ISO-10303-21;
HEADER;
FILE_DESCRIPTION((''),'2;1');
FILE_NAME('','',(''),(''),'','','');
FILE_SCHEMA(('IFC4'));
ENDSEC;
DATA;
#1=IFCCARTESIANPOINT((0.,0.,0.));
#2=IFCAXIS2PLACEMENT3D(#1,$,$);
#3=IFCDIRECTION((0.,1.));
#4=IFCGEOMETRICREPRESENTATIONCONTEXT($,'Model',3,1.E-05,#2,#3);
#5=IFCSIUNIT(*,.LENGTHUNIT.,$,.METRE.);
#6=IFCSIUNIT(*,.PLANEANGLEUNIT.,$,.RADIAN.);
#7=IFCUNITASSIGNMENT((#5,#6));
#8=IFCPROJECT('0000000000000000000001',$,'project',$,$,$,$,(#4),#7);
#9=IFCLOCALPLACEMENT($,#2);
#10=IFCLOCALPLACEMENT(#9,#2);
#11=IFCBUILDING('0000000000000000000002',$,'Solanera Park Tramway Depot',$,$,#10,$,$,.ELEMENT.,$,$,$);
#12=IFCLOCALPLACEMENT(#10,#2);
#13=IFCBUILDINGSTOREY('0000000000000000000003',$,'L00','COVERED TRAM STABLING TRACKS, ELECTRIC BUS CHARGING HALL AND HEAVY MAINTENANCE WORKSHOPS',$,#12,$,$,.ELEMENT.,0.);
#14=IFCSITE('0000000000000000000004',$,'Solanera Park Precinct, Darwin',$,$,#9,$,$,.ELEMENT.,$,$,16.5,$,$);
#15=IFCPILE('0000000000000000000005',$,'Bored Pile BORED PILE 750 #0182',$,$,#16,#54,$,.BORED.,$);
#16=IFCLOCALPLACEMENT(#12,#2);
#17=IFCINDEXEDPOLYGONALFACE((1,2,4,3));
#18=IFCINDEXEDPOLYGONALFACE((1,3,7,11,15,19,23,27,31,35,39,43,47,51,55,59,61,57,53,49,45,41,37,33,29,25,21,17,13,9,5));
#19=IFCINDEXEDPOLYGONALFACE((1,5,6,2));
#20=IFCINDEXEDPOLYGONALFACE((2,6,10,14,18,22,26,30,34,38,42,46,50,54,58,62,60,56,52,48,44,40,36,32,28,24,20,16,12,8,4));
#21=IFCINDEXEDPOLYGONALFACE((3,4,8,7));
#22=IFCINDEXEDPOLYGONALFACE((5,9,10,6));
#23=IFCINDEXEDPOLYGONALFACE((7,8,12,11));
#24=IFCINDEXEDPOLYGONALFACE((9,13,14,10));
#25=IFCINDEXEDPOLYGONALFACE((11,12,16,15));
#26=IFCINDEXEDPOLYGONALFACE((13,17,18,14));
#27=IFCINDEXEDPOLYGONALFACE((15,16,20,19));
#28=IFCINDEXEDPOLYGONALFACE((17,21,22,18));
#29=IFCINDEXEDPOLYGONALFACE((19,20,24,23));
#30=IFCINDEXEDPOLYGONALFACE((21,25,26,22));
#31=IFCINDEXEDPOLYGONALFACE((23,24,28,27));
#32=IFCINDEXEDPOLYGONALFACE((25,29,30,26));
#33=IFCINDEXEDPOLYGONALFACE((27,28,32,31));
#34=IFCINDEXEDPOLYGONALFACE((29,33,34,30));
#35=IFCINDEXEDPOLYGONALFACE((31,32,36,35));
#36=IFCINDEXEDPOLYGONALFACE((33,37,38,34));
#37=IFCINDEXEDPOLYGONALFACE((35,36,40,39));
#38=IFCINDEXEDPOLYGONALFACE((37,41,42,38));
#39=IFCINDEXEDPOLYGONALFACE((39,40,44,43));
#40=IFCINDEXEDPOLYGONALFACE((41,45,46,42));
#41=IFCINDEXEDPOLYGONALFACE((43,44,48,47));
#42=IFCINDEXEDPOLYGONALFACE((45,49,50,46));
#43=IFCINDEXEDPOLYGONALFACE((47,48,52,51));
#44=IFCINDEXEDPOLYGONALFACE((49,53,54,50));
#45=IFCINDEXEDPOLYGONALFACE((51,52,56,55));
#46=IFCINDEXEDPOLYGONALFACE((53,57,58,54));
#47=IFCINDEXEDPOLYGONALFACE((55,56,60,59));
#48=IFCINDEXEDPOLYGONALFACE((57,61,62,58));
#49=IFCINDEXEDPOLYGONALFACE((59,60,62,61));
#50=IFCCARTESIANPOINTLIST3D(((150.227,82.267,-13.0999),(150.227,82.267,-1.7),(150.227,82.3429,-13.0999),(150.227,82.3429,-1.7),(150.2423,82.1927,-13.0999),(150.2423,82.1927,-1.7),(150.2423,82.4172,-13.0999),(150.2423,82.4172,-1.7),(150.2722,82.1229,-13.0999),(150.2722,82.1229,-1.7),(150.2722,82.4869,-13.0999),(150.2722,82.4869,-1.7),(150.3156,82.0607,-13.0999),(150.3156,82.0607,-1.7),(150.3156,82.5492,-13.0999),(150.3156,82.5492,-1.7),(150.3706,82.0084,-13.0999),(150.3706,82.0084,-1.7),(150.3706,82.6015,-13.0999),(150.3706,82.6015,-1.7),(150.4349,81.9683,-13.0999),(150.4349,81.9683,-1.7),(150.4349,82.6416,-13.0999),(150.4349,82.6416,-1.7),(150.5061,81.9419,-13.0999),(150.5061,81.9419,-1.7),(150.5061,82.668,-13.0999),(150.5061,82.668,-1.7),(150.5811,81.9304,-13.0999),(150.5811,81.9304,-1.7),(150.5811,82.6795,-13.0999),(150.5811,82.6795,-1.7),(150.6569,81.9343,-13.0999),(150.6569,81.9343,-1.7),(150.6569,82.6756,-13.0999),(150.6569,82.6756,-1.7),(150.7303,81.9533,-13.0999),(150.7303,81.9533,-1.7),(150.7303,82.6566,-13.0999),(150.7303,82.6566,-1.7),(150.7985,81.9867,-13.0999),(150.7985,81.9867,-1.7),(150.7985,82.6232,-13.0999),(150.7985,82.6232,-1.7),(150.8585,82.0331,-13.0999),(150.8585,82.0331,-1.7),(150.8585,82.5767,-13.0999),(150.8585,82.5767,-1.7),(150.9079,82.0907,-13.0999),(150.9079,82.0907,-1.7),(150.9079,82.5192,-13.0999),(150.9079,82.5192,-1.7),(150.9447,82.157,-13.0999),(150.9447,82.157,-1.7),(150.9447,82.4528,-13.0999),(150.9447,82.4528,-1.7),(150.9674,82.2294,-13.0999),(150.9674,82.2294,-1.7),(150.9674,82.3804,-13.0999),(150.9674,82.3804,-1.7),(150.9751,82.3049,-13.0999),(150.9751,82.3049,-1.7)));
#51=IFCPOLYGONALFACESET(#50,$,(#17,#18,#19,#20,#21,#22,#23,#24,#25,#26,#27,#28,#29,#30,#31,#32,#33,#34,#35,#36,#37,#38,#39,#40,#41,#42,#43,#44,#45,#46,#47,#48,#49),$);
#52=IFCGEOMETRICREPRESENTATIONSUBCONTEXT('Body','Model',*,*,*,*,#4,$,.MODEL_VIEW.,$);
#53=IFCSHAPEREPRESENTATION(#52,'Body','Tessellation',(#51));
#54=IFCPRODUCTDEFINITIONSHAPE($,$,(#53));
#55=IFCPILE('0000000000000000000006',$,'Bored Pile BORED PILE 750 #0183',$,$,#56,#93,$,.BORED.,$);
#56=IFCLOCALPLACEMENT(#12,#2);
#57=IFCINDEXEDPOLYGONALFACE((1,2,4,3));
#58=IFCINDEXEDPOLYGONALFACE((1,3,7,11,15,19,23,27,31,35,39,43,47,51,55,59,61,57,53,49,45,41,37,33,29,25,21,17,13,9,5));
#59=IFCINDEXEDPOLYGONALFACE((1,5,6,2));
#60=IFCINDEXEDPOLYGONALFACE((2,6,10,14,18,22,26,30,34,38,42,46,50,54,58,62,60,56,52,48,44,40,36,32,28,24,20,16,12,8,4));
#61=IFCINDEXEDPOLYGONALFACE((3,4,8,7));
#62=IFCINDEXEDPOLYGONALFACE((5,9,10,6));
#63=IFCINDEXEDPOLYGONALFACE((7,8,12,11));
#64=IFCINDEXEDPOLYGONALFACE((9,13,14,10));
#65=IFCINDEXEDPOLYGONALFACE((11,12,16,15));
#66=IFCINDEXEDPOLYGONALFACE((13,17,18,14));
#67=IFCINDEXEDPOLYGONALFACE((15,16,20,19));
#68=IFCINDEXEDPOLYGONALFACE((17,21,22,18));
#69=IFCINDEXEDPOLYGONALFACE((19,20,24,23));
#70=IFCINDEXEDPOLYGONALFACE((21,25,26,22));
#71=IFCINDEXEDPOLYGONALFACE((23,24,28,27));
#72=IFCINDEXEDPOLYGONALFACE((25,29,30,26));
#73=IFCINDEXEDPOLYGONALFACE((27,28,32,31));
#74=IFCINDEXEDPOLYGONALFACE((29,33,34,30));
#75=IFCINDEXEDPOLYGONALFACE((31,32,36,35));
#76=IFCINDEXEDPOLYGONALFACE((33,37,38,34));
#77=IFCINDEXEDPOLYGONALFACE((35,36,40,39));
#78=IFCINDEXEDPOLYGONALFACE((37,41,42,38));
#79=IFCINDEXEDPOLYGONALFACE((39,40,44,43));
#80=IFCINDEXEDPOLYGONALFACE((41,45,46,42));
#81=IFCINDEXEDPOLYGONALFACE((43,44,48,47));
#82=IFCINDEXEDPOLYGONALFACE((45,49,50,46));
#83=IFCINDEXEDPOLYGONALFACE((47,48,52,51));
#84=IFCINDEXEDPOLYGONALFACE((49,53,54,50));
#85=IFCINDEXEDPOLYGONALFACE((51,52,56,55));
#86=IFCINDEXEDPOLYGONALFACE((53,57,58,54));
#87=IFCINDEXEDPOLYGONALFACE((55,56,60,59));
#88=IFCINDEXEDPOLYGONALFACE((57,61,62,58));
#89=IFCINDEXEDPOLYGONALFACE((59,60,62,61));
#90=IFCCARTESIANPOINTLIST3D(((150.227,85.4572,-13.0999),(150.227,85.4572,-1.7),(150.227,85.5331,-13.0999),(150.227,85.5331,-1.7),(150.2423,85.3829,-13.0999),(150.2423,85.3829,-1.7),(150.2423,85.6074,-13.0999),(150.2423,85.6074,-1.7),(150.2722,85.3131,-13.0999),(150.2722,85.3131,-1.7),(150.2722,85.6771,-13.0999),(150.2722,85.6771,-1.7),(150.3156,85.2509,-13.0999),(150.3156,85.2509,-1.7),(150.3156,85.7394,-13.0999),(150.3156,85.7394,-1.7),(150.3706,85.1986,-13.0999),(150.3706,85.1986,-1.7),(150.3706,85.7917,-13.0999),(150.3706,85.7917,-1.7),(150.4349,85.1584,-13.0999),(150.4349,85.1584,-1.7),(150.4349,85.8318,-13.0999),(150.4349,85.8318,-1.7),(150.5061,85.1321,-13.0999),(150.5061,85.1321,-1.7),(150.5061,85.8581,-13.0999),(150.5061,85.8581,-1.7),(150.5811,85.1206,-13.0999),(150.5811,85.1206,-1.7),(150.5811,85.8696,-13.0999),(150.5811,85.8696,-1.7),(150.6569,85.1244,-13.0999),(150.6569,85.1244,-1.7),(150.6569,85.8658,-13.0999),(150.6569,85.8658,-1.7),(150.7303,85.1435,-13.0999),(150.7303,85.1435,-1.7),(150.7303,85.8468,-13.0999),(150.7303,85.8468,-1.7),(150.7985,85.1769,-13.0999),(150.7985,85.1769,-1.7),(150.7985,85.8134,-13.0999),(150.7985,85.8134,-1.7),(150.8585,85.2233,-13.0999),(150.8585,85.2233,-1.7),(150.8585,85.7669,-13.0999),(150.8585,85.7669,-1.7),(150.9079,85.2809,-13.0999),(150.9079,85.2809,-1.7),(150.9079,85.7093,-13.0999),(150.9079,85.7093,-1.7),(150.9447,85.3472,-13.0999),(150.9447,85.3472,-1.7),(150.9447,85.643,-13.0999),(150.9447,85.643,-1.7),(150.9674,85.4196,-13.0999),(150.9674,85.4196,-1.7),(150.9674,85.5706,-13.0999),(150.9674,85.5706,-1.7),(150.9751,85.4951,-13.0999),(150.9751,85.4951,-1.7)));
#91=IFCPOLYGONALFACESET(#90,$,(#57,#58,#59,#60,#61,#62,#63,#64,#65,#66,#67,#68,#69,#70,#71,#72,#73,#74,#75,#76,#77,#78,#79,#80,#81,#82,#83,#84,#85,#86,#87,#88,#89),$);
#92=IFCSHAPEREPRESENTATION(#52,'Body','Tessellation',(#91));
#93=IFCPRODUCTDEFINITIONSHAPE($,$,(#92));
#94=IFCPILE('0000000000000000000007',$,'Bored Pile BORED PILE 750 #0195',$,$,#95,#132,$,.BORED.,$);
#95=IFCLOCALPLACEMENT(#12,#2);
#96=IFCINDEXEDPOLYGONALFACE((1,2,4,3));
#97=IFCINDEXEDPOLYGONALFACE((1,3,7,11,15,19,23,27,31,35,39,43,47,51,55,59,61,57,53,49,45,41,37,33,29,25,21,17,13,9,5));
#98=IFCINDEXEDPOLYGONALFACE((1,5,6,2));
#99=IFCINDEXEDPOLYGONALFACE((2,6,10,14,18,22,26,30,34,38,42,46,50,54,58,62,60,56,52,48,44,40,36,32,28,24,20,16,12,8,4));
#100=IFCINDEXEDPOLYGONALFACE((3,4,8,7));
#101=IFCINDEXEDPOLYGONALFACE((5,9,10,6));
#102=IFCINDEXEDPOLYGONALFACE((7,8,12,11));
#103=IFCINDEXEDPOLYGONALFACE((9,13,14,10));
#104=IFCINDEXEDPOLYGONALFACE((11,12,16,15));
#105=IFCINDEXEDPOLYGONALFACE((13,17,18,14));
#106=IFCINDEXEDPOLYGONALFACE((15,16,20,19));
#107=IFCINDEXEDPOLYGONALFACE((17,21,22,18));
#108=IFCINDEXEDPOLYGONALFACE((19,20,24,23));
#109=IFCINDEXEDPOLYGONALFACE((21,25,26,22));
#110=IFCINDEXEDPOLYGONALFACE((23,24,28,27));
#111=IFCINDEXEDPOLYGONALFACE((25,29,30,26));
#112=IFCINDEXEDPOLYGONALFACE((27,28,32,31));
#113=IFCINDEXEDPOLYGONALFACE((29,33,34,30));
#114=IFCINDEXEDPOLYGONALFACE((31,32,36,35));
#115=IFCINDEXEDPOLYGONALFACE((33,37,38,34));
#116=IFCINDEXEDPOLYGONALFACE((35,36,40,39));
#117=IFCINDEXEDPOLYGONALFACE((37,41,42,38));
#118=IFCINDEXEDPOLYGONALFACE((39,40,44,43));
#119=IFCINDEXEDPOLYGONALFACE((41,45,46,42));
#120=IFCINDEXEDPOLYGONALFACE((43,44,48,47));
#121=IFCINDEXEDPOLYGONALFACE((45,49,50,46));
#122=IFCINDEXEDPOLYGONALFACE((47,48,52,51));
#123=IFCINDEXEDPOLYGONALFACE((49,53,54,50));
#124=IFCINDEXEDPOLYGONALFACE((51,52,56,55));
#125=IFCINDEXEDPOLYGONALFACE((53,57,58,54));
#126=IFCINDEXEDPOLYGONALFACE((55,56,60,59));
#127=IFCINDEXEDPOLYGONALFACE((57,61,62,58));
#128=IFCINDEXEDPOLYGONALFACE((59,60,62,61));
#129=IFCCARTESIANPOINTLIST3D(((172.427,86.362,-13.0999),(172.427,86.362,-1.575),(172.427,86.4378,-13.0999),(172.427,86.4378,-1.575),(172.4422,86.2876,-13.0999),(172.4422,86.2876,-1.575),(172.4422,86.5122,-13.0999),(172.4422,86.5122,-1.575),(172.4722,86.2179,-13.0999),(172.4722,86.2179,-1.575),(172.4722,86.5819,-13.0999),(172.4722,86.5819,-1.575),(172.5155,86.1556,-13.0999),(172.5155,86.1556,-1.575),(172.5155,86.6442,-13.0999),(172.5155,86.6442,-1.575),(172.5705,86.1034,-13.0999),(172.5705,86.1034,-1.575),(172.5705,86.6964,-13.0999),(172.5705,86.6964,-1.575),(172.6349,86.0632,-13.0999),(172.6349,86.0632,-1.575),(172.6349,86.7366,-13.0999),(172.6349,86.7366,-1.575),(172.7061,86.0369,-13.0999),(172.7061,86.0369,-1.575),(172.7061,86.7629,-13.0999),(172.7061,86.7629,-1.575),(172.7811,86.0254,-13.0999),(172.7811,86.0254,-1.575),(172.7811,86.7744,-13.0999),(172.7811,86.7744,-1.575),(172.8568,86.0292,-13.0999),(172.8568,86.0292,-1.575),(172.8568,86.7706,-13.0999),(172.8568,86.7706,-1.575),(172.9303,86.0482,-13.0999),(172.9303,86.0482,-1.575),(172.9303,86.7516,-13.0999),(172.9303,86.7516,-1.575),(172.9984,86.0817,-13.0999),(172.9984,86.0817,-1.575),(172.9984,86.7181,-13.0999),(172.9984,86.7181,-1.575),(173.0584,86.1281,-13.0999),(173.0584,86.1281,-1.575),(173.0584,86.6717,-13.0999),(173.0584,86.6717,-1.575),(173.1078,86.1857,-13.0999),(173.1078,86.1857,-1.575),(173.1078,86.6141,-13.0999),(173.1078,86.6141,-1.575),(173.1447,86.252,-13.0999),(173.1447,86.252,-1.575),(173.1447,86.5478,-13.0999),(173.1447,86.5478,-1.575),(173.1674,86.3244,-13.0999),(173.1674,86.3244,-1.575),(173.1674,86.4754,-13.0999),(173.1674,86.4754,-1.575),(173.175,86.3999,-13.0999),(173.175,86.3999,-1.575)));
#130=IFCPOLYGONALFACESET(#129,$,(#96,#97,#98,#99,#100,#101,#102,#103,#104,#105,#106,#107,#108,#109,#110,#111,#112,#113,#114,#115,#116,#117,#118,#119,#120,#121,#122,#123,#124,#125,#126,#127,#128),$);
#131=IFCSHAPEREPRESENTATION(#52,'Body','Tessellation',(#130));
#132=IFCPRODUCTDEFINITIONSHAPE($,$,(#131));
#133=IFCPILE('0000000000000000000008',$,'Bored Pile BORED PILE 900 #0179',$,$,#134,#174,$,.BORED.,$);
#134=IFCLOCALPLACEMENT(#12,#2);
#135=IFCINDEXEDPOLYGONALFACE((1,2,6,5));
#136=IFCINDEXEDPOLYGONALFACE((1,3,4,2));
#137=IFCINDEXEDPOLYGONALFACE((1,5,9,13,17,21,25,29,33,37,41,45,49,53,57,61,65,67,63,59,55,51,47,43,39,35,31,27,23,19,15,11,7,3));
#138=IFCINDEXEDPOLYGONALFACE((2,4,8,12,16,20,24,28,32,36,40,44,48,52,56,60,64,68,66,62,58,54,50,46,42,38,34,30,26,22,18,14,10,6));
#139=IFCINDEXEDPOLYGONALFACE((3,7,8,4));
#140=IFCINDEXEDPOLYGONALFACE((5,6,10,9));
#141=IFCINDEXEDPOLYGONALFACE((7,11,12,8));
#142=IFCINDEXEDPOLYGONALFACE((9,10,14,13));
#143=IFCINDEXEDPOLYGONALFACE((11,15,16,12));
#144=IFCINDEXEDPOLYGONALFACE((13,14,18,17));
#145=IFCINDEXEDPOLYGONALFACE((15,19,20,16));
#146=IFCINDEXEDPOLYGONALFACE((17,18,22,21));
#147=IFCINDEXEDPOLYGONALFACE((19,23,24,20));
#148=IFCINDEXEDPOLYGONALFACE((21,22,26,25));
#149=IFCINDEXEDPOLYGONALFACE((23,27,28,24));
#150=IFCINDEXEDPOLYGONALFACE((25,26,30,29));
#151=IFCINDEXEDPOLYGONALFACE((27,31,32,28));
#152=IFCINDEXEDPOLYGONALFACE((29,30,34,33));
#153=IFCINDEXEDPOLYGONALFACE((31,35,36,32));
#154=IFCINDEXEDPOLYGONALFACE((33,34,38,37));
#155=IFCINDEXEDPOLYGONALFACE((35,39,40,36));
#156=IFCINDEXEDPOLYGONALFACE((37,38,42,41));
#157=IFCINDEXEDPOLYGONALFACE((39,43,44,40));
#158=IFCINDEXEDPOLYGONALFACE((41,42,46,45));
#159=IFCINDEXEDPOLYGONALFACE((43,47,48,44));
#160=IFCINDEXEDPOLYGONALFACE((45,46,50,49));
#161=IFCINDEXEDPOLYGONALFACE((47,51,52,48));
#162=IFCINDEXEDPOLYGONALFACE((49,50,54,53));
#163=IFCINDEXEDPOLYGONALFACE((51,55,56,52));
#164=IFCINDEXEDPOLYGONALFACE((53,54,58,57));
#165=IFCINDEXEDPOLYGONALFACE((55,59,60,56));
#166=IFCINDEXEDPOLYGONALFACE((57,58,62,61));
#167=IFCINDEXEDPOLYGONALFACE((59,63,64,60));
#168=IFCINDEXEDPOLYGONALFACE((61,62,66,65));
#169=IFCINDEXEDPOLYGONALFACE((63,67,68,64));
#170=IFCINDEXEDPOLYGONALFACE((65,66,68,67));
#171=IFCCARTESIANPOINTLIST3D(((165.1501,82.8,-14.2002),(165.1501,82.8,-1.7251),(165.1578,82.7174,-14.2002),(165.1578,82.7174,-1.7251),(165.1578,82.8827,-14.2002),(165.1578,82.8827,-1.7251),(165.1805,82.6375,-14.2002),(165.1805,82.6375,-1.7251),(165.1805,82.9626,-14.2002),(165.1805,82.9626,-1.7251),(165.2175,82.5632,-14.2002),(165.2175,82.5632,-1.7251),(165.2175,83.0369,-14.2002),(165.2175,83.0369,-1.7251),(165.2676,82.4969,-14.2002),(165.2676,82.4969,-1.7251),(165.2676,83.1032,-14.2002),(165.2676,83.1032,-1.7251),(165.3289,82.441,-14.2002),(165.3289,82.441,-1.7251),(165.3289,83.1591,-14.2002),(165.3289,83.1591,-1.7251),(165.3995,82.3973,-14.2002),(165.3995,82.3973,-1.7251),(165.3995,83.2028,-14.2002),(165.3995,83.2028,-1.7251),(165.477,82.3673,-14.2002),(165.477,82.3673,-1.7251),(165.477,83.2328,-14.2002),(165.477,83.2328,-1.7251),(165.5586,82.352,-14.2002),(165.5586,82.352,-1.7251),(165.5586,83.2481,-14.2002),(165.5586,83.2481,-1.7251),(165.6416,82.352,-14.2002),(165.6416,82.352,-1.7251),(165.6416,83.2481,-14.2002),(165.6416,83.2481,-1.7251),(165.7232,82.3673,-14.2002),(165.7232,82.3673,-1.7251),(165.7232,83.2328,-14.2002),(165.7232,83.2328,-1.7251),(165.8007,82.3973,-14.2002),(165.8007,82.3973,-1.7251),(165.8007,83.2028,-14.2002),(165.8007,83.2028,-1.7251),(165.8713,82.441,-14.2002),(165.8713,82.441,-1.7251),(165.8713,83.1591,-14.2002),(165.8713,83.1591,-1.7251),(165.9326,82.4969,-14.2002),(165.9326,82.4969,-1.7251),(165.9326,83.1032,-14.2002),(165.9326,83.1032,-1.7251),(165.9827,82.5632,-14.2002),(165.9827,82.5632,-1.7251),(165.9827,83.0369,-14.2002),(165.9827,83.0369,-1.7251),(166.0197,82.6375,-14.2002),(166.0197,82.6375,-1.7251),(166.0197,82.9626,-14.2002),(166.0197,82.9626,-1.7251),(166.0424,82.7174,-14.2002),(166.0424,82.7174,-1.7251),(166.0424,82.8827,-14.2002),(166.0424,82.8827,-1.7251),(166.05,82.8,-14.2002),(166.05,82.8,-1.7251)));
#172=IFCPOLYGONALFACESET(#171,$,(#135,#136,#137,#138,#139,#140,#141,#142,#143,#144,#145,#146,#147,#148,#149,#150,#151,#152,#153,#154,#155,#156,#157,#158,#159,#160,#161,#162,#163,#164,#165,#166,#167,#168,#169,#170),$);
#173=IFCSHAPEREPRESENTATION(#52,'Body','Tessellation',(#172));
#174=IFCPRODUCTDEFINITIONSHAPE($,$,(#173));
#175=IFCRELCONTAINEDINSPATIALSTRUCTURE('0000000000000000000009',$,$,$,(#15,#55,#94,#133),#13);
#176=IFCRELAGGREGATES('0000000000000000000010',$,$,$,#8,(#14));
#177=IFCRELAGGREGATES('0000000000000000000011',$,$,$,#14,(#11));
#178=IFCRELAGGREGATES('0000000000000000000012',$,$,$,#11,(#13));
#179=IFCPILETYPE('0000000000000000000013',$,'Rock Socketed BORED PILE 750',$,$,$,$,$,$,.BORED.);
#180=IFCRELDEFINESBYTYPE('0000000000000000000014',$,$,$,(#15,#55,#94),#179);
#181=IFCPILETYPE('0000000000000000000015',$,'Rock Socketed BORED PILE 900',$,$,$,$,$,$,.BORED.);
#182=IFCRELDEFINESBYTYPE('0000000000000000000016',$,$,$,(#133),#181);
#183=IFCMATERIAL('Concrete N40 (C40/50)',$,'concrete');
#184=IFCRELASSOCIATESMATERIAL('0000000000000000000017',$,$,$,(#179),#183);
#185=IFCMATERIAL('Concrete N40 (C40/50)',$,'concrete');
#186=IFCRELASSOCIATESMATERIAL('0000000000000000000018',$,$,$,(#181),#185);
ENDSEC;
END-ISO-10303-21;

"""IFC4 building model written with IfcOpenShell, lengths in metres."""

from ifc_helpers import new_model, si_unit, direction, frame, origin, origin_2d, place, context, subcontext, project, spatial, circle, extrude, material, material_profile, profile_set, type_object, element, save


model = new_model("IFC4")

# Units and contexts
model_context = context("Model", 3, precision=1e-05, world=origin(), true_north=direction((0.0, 1.0)))
body_context = subcontext(model_context, "Body", "Model", "MODEL_VIEW")
ifc_project = project(units=[si_unit("LENGTHUNIT", "METRE"), si_unit("PLANEANGLEUNIT", "RADIAN")], contexts=[model_context])

# Site, building, storey
site_placement = place(None, origin())
site = spatial("IfcSite", under=ifc_project, at=site_placement, Name="Solanera Park Precinct, Darwin", CompositionType="ELEMENT", RefElevation=16.5)
building_placement = place(site_placement, origin())
building = spatial("IfcBuilding", under=site, at=building_placement, Name="Solanera Park Tramway Depot", CompositionType="ELEMENT")
storey_placement = place(building_placement, origin())
storey = spatial("IfcBuildingStorey", under=building, at=storey_placement, Name="L00", Description="COVERED TRAM STABLING TRACKS, ELECTRIC BUS CHARGING HALL AND HEAVY MAINTENANCE WORKSHOPS", CompositionType="ELEMENT", Elevation=0.0)

# Piles
ifc_material_1 = material(Name="Concrete N40 (C40/50)", Category="concrete")
ifc_material_profile_1 = material_profile(ifc_material_1, circle(Radius=0.375, at=origin_2d()), Name="BORED PILE 750")
ifc_profile_set_1 = profile_set([ifc_material_profile_1], Name="Concrete N40 (C40/50)")
pile_type_1 = type_object("IfcPileType", Name="Rock Socketed BORED PILE 750", PredefinedType="BORED", material=ifc_profile_set_1)
for number, where, z_axis, x_axis, name in (
    (1, (150.6001, 82.3049, -1.7), (0.0, 0.0, -1.0), (1.0, 0.0, 0.0), "Bored Pile BORED PILE 750 #0182"),
    (2, (150.6001, 85.4951, -1.7), (0.0, 0.0, -1.0), (1.0, 0.0, 0.0), "Bored Pile BORED PILE 750 #0183"),
):
    element("IfcPile", number, at=place(storey_placement, frame(where, z_axis=z_axis, x_axis=x_axis)), inside=storey, type_object=pile_type_1, Name=name, PredefinedType="BORED", context=body_context, shape_type="SweptSolid", body=[
        extrude(circle(Radius=0.375, at=origin_2d()), origin(), (0.0, 0.0, 1.0), 11.3999),
    ])
pile_1_placement = place(storey_placement, frame((172.8, 86.3999, -1.575), z_axis=(0.0, 0.0, -1.0), x_axis=(1.0, 0.0, 0.0)))
element("IfcPile", 3, at=pile_1_placement, inside=storey, type_object=pile_type_1, Name="Bored Pile BORED PILE 750 #0195", PredefinedType="BORED", context=body_context, shape_type="SweptSolid", body=[
    extrude(circle(Radius=0.375, at=origin_2d()), origin(), (0.0, 0.0, 1.0), 11.5249),
])
ifc_material_2 = material(Name="Concrete N40 (C40/50)", Category="concrete")
ifc_material_profile_2 = material_profile(ifc_material_2, circle(Radius=0.45, at=origin_2d()), Name="BORED PILE 900")
ifc_profile_set_2 = profile_set([ifc_material_profile_2], Name="Concrete N40 (C40/50)")
pile_type_2 = type_object("IfcPileType", Name="Rock Socketed BORED PILE 900", PredefinedType="BORED", material=ifc_profile_set_2)
pile_2_placement = place(storey_placement, frame((165.6001, 82.8, -1.7251), z_axis=(0.0, 0.0, -1.0), x_axis=(1.0, 0.0, 0.0)))
element("IfcPile", 4, at=pile_2_placement, inside=storey, type_object=pile_type_2, Name="Bored Pile BORED PILE 900 #0179", PredefinedType="BORED", context=body_context, shape_type="SweptSolid", body=[
    extrude(circle(Radius=0.45, at=origin_2d()), origin(), (0.0, 0.0, 1.0), 12.4751),
])

save(model, "model.ifc")
